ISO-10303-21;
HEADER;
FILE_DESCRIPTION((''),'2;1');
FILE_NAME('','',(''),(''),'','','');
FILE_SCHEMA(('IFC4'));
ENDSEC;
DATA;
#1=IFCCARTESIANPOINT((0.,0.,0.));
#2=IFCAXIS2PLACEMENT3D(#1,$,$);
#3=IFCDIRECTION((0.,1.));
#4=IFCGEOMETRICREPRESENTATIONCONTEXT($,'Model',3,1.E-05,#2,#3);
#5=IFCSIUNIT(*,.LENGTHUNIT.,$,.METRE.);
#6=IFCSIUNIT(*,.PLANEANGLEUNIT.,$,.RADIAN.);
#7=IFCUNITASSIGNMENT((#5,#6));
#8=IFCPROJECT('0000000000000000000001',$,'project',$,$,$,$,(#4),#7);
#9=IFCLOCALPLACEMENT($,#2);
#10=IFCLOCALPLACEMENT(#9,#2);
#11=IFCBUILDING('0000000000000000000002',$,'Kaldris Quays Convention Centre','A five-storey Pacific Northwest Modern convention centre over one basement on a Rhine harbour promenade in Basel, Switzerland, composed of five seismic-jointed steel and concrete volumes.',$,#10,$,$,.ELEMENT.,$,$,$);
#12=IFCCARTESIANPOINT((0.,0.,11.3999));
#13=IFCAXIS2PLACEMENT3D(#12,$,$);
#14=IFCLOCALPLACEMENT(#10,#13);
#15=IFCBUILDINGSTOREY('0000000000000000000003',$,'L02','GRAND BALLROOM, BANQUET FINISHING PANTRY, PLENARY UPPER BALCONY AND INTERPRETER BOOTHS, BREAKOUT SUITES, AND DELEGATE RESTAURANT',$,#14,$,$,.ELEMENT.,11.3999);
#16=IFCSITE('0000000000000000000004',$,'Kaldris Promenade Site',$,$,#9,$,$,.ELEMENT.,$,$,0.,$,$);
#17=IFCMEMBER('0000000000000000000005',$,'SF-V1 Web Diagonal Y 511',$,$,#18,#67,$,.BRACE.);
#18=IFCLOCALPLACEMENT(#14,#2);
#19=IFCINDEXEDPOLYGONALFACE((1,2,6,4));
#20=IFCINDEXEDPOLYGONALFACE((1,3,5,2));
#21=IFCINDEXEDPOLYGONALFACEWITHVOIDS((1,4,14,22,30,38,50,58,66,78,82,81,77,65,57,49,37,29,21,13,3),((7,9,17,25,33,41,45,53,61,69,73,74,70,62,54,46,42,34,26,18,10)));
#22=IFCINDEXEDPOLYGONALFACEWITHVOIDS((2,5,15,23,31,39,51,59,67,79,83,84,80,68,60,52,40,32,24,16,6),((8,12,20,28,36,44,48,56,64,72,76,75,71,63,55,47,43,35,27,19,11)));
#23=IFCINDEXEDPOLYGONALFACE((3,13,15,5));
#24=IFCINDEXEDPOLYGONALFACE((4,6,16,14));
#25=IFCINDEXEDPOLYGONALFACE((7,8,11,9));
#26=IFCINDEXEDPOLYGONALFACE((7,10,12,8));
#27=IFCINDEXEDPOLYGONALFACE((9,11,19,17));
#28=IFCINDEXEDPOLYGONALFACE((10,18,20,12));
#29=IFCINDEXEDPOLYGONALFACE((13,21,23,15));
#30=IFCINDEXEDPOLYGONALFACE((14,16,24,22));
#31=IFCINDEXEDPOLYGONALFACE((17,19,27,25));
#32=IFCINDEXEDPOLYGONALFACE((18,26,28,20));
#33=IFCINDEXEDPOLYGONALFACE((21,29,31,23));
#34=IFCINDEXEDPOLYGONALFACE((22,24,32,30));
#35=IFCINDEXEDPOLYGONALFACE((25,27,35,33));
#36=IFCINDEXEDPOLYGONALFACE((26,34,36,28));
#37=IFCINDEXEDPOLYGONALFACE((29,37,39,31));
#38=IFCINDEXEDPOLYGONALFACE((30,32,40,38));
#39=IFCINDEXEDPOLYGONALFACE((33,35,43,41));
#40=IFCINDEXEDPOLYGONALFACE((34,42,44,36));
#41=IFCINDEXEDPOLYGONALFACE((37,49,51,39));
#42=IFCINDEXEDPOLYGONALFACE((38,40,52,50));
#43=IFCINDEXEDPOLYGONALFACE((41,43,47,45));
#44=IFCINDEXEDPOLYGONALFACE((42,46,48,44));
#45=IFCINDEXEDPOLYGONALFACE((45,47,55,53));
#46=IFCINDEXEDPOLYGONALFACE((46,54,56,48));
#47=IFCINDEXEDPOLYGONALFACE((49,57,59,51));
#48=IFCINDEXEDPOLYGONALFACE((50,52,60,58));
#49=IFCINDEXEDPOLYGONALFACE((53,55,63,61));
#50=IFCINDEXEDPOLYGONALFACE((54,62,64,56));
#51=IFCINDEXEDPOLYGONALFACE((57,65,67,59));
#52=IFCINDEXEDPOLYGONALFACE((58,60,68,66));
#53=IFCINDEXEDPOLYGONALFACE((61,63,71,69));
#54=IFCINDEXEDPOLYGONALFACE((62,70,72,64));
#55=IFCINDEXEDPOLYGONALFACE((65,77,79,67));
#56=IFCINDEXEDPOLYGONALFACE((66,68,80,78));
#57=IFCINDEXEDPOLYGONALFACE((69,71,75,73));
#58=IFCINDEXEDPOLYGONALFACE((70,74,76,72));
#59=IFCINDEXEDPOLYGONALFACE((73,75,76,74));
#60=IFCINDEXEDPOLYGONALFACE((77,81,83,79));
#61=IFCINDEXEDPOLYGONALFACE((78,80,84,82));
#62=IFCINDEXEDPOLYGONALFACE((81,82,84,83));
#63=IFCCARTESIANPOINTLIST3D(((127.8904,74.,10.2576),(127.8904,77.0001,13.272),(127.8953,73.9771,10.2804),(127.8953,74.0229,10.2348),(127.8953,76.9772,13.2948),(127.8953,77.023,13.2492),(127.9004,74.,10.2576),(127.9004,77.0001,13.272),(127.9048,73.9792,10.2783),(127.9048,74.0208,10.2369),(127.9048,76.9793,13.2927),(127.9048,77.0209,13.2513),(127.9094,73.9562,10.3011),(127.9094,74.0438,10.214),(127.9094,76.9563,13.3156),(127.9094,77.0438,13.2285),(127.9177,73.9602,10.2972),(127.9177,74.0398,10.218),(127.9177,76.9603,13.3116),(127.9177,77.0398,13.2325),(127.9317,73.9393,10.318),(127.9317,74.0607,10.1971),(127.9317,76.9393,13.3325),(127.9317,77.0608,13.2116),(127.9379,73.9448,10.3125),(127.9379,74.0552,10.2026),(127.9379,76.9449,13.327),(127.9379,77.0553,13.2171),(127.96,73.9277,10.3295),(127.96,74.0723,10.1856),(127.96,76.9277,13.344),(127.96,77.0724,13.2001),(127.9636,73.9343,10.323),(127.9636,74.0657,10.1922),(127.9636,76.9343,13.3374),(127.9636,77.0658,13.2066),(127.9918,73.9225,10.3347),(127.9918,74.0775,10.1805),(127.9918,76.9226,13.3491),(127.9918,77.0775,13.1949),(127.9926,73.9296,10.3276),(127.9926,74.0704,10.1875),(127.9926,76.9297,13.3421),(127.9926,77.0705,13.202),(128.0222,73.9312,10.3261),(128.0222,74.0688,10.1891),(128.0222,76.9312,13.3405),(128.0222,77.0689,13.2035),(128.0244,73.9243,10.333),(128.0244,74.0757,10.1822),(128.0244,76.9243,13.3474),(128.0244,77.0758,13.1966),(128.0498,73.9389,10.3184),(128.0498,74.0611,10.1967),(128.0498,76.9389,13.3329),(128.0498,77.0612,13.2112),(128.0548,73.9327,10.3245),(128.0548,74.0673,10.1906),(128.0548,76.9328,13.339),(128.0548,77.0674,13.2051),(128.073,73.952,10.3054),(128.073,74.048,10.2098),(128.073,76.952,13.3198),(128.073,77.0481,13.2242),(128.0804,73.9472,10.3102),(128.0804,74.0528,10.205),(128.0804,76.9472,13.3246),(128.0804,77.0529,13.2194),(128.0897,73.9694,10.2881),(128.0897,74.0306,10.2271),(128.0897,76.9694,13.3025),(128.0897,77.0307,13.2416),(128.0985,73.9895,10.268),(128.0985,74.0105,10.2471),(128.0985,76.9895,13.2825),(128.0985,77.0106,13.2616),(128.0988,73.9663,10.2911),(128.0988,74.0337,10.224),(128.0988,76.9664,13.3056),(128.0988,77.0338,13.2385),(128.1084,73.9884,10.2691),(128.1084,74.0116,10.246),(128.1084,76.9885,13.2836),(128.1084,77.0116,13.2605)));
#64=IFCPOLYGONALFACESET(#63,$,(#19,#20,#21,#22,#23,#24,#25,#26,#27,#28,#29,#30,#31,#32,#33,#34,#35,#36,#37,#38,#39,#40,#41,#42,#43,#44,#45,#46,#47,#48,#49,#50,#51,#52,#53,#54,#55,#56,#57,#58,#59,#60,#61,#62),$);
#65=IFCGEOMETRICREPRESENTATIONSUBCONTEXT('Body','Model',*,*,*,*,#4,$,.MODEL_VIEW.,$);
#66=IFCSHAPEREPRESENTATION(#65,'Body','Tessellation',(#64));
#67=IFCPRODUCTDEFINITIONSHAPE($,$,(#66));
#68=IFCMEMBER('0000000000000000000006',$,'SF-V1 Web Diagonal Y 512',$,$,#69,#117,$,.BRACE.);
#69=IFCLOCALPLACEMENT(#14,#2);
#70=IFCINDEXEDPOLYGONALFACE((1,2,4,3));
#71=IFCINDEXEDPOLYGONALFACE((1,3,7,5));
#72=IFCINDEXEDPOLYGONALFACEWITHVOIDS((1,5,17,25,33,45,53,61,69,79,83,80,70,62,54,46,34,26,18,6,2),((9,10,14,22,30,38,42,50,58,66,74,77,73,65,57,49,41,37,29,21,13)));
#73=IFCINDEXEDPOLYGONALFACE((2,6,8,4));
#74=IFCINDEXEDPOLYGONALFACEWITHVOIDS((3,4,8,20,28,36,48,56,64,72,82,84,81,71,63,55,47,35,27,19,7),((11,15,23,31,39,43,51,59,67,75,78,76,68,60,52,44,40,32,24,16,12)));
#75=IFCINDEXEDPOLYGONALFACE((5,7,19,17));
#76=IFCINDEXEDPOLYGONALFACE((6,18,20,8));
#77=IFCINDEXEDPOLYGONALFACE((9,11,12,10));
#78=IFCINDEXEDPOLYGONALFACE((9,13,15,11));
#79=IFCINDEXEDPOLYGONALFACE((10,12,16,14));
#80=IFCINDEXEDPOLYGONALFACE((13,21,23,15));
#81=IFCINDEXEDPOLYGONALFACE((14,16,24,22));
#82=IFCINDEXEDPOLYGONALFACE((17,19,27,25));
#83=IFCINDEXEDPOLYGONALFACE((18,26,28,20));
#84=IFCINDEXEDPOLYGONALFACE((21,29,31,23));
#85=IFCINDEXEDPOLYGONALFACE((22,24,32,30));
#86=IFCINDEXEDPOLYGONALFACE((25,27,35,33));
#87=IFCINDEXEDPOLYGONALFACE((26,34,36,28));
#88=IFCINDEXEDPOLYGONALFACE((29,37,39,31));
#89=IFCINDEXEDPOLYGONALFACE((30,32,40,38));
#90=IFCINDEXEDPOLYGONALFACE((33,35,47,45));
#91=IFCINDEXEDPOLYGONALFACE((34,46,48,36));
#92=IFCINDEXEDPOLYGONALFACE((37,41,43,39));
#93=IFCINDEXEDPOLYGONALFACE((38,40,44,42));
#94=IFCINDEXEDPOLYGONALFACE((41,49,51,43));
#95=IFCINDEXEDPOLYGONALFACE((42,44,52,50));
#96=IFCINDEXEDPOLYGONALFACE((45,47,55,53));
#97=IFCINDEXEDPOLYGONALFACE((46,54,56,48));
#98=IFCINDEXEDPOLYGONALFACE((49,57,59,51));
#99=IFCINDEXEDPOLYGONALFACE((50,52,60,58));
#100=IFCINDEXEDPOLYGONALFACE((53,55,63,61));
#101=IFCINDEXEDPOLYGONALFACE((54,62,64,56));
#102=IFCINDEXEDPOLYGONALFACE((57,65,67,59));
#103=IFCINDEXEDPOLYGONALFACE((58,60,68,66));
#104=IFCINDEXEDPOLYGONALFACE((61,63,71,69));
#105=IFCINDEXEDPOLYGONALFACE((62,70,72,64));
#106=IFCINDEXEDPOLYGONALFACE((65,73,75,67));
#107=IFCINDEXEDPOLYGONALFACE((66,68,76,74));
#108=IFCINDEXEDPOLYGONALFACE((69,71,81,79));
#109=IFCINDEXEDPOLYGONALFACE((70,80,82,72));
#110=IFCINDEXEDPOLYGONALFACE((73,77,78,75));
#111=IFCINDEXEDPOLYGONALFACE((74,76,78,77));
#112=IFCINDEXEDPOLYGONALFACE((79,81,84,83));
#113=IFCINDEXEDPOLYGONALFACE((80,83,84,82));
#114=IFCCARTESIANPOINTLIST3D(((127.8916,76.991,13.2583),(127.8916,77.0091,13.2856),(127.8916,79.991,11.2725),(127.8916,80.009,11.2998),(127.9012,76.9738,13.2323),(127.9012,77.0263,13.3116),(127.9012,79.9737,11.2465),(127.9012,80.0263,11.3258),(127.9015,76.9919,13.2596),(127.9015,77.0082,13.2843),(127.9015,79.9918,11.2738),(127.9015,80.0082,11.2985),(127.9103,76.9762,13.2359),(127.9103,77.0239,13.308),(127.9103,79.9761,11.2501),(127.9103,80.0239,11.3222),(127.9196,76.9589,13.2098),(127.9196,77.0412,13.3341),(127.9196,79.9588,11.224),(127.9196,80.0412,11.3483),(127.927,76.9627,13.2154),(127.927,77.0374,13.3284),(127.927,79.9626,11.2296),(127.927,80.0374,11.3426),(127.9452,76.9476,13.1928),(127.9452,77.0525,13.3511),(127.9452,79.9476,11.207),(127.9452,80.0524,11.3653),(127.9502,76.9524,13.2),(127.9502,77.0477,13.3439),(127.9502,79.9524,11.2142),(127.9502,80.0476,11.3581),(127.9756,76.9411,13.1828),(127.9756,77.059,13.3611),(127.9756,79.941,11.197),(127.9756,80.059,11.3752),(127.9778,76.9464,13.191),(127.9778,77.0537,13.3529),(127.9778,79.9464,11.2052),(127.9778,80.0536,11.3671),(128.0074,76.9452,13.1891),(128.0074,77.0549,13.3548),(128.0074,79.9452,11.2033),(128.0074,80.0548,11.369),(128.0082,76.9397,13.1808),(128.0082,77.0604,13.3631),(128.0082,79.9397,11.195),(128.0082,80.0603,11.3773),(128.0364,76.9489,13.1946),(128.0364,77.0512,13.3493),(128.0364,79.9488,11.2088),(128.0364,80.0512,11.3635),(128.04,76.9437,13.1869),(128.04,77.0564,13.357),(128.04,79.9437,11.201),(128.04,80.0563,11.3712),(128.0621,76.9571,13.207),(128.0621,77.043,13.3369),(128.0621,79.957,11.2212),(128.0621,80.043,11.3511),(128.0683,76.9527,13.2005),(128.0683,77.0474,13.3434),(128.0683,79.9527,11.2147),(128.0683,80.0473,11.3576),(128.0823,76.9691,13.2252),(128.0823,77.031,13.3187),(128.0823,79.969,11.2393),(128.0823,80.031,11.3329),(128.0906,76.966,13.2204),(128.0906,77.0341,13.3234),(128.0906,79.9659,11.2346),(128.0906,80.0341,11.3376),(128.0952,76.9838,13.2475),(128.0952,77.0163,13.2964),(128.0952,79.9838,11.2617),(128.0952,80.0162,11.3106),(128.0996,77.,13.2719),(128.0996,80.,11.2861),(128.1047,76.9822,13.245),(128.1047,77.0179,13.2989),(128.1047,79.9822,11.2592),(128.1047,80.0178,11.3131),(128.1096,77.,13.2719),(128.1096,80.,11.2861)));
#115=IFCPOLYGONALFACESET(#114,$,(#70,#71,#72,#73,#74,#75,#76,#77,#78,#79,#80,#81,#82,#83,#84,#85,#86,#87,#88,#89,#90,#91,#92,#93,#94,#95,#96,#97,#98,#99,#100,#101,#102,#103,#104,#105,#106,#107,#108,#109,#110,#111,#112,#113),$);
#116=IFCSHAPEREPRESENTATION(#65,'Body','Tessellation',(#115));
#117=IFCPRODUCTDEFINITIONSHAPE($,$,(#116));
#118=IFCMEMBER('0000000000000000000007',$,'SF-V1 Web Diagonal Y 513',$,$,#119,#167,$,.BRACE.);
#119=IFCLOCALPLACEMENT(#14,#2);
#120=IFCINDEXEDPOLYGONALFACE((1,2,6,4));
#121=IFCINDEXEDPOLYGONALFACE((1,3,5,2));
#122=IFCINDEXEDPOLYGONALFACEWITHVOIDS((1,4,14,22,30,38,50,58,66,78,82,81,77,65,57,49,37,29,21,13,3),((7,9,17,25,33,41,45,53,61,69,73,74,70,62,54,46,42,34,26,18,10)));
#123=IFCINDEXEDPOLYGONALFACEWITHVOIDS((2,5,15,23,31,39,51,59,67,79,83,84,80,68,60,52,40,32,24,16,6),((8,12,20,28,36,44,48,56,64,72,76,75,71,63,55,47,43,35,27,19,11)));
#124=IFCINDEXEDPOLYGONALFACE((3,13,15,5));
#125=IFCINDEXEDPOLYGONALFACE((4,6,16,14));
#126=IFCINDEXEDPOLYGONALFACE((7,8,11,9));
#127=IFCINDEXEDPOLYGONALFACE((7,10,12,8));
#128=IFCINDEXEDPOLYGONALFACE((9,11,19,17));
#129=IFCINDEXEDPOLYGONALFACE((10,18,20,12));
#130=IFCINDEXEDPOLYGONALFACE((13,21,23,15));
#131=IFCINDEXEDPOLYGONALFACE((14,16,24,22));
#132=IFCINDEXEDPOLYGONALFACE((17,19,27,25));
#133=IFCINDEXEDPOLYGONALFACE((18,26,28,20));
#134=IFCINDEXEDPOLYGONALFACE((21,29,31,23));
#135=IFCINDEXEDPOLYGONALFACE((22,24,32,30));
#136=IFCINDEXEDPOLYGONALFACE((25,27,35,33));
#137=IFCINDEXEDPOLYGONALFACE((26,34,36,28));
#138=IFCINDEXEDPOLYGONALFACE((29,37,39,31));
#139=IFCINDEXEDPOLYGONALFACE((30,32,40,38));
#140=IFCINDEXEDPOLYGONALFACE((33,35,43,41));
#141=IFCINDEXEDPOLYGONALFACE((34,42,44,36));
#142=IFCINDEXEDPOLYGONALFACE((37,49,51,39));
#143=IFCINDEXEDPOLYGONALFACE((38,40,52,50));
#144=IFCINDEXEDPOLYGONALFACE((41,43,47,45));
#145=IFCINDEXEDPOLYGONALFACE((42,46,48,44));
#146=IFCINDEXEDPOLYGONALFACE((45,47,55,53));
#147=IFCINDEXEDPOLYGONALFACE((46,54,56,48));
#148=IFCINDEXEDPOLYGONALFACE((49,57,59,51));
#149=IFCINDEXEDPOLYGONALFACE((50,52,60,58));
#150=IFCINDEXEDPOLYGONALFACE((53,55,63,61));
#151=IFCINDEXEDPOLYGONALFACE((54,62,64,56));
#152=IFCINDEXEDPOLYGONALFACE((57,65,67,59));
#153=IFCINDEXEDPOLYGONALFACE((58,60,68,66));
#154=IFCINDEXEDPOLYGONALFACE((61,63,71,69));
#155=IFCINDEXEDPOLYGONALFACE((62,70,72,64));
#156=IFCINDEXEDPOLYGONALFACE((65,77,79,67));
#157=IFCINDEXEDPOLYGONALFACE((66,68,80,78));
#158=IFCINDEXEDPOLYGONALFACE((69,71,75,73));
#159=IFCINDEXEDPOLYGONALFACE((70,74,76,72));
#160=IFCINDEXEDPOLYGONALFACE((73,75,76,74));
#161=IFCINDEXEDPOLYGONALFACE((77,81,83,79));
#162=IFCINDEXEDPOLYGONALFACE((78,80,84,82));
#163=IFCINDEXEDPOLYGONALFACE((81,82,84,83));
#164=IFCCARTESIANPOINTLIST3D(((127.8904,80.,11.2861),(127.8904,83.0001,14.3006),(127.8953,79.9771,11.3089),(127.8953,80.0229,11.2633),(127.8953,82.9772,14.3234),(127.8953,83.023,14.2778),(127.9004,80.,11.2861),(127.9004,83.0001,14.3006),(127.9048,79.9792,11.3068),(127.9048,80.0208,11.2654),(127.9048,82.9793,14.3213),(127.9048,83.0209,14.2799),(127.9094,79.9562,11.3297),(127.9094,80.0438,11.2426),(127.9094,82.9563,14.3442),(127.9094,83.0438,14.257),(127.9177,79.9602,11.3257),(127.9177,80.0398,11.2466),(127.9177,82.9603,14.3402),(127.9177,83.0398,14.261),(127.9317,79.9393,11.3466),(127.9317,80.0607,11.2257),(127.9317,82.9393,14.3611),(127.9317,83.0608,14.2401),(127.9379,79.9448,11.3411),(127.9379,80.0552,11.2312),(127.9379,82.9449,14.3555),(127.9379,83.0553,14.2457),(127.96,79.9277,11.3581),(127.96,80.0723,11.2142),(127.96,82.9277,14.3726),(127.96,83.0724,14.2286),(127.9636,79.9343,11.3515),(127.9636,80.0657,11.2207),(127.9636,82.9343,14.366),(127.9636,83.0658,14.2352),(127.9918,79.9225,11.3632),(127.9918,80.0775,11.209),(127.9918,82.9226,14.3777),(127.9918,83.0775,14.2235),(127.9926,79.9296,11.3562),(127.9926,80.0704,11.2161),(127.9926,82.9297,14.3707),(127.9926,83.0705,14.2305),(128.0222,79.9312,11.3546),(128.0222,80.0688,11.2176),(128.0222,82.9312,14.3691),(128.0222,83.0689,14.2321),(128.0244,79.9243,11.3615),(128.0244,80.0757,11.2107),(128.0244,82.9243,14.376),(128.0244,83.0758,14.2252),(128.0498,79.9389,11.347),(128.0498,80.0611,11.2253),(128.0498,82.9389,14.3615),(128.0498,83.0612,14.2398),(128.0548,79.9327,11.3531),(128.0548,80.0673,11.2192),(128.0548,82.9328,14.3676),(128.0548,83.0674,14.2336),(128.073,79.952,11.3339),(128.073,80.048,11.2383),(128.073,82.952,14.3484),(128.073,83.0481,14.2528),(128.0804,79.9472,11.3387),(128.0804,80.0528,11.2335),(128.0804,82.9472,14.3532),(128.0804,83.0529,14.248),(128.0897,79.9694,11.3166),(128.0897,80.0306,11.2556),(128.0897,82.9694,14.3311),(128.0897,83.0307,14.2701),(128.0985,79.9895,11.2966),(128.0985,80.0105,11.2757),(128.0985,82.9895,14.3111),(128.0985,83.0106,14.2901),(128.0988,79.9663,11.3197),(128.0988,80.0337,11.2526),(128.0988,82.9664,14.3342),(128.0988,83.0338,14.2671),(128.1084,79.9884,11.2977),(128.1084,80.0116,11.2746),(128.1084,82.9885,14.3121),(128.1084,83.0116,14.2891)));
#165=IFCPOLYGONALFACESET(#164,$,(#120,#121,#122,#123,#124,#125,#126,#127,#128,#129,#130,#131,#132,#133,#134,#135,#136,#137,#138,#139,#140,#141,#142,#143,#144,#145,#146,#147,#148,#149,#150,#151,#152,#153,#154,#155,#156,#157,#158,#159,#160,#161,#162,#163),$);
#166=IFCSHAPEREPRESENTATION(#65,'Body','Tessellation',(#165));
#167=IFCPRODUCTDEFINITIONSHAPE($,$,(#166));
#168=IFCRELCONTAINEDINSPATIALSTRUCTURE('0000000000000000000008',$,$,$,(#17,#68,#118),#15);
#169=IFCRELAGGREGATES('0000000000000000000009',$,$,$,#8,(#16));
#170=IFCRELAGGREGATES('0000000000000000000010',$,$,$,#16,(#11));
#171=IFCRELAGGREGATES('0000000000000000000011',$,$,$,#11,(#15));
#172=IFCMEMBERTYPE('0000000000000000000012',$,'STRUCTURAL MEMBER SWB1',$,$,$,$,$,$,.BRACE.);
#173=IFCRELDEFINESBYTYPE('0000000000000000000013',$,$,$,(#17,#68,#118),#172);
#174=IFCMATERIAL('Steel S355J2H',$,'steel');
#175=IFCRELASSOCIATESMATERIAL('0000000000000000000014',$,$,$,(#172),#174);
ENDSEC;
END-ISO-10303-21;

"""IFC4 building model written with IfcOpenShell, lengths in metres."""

from ifc_helpers import new_model, si_unit, direction, frame, origin, origin_2d, place, context, subcontext, project, spatial, hollow_circle, extrude, material, material_profile, profile_set, type_object, element, save


model = new_model("IFC4")

# Units and contexts
model_context = context("Model", 3, precision=1e-05, world=origin(), true_north=direction((0.0, 1.0)))
body_context = subcontext(model_context, "Body", "Model", "MODEL_VIEW")
ifc_project = project(units=[si_unit("LENGTHUNIT", "METRE"), si_unit("PLANEANGLEUNIT", "RADIAN")], contexts=[model_context])

# Site, building, storey
site_placement = place(None, origin())
site = spatial("IfcSite", under=ifc_project, at=site_placement, Name="Kaldris Promenade Site", CompositionType="ELEMENT", RefElevation=0.0)
building_placement = place(site_placement, origin())
building = spatial("IfcBuilding", under=site, at=building_placement, Name="Kaldris Quays Convention Centre", Description="A five-storey Pacific Northwest Modern convention centre over one basement on a Rhine harbour promenade in Basel, Switzerland, composed of five seismic-jointed steel and concrete volumes.", CompositionType="ELEMENT")
storey_placement = place(building_placement, frame((0.0, 0.0, 11.3999)))
storey = spatial("IfcBuildingStorey", under=building, at=storey_placement, Name="L02", Description="GRAND BALLROOM, BANQUET FINISHING PANTRY, PLENARY UPPER BALCONY AND INTERPRETER BOOTHS, BREAKOUT SUITES, AND DELEGATE RESTAURANT", CompositionType="ELEMENT", Elevation=11.3999)

# Members
ifc_material_1 = material(Name="Steel S355J2H", Category="steel")
ifc_material_profile_1 = material_profile(ifc_material_1, hollow_circle(Radius=0.1096, WallThickness=0.01, at=origin_2d()), Name="CHS 219.1x10")
ifc_profile_set_1 = profile_set([ifc_material_profile_1], Name="Steel S355J2H")
member_type_1 = type_object("IfcMemberType", Name="STRUCTURAL MEMBER SWB1", PredefinedType="BRACE", material=ifc_profile_set_1)
member_1_placement = place(storey_placement, frame((128.0, 74.0, 10.2576), z_axis=(0.0, 0.705411, 0.708798), x_axis=(-1.0, 0.0, 0.0)))
element("IfcMember", 1, at=member_1_placement, inside=storey, type_object=member_type_1, Name="SF-V1 Web Diagonal Y 511", PredefinedType="BRACE", context=body_context, shape_type="SweptSolid", body=[
    extrude(hollow_circle(Radius=0.1096, WallThickness=0.01, at=origin_2d()), origin(), (0.0, 0.0, 1.0), 4.2529),
])
member_2_placement = place(storey_placement, frame((128.0, 80.0, 11.2861), z_axis=(0.0, -0.833862, 0.551972), x_axis=(1.0, 0.0, 0.0)))
element("IfcMember", 2, at=member_2_placement, inside=storey, type_object=member_type_1, Name="SF-V1 Web Diagonal Y 512", PredefinedType="BRACE", context=body_context, shape_type="SweptSolid", body=[
    extrude(hollow_circle(Radius=0.1096, WallThickness=0.01, at=origin_2d()), origin(), (0.0, 0.0, 1.0), 3.5977),
])
member_3_placement = place(storey_placement, frame((128.0, 80.0, 11.2861), z_axis=(0.0, 0.705411, 0.708798), x_axis=(-1.0, 0.0, 0.0)))
element("IfcMember", 3, at=member_3_placement, inside=storey, type_object=member_type_1, Name="SF-V1 Web Diagonal Y 513", PredefinedType="BRACE", context=body_context, shape_type="SweptSolid", body=[
    extrude(hollow_circle(Radius=0.1096, WallThickness=0.01, at=origin_2d()), origin(), (0.0, 0.0, 1.0), 4.2529),
])

save(model, "model.ifc")
